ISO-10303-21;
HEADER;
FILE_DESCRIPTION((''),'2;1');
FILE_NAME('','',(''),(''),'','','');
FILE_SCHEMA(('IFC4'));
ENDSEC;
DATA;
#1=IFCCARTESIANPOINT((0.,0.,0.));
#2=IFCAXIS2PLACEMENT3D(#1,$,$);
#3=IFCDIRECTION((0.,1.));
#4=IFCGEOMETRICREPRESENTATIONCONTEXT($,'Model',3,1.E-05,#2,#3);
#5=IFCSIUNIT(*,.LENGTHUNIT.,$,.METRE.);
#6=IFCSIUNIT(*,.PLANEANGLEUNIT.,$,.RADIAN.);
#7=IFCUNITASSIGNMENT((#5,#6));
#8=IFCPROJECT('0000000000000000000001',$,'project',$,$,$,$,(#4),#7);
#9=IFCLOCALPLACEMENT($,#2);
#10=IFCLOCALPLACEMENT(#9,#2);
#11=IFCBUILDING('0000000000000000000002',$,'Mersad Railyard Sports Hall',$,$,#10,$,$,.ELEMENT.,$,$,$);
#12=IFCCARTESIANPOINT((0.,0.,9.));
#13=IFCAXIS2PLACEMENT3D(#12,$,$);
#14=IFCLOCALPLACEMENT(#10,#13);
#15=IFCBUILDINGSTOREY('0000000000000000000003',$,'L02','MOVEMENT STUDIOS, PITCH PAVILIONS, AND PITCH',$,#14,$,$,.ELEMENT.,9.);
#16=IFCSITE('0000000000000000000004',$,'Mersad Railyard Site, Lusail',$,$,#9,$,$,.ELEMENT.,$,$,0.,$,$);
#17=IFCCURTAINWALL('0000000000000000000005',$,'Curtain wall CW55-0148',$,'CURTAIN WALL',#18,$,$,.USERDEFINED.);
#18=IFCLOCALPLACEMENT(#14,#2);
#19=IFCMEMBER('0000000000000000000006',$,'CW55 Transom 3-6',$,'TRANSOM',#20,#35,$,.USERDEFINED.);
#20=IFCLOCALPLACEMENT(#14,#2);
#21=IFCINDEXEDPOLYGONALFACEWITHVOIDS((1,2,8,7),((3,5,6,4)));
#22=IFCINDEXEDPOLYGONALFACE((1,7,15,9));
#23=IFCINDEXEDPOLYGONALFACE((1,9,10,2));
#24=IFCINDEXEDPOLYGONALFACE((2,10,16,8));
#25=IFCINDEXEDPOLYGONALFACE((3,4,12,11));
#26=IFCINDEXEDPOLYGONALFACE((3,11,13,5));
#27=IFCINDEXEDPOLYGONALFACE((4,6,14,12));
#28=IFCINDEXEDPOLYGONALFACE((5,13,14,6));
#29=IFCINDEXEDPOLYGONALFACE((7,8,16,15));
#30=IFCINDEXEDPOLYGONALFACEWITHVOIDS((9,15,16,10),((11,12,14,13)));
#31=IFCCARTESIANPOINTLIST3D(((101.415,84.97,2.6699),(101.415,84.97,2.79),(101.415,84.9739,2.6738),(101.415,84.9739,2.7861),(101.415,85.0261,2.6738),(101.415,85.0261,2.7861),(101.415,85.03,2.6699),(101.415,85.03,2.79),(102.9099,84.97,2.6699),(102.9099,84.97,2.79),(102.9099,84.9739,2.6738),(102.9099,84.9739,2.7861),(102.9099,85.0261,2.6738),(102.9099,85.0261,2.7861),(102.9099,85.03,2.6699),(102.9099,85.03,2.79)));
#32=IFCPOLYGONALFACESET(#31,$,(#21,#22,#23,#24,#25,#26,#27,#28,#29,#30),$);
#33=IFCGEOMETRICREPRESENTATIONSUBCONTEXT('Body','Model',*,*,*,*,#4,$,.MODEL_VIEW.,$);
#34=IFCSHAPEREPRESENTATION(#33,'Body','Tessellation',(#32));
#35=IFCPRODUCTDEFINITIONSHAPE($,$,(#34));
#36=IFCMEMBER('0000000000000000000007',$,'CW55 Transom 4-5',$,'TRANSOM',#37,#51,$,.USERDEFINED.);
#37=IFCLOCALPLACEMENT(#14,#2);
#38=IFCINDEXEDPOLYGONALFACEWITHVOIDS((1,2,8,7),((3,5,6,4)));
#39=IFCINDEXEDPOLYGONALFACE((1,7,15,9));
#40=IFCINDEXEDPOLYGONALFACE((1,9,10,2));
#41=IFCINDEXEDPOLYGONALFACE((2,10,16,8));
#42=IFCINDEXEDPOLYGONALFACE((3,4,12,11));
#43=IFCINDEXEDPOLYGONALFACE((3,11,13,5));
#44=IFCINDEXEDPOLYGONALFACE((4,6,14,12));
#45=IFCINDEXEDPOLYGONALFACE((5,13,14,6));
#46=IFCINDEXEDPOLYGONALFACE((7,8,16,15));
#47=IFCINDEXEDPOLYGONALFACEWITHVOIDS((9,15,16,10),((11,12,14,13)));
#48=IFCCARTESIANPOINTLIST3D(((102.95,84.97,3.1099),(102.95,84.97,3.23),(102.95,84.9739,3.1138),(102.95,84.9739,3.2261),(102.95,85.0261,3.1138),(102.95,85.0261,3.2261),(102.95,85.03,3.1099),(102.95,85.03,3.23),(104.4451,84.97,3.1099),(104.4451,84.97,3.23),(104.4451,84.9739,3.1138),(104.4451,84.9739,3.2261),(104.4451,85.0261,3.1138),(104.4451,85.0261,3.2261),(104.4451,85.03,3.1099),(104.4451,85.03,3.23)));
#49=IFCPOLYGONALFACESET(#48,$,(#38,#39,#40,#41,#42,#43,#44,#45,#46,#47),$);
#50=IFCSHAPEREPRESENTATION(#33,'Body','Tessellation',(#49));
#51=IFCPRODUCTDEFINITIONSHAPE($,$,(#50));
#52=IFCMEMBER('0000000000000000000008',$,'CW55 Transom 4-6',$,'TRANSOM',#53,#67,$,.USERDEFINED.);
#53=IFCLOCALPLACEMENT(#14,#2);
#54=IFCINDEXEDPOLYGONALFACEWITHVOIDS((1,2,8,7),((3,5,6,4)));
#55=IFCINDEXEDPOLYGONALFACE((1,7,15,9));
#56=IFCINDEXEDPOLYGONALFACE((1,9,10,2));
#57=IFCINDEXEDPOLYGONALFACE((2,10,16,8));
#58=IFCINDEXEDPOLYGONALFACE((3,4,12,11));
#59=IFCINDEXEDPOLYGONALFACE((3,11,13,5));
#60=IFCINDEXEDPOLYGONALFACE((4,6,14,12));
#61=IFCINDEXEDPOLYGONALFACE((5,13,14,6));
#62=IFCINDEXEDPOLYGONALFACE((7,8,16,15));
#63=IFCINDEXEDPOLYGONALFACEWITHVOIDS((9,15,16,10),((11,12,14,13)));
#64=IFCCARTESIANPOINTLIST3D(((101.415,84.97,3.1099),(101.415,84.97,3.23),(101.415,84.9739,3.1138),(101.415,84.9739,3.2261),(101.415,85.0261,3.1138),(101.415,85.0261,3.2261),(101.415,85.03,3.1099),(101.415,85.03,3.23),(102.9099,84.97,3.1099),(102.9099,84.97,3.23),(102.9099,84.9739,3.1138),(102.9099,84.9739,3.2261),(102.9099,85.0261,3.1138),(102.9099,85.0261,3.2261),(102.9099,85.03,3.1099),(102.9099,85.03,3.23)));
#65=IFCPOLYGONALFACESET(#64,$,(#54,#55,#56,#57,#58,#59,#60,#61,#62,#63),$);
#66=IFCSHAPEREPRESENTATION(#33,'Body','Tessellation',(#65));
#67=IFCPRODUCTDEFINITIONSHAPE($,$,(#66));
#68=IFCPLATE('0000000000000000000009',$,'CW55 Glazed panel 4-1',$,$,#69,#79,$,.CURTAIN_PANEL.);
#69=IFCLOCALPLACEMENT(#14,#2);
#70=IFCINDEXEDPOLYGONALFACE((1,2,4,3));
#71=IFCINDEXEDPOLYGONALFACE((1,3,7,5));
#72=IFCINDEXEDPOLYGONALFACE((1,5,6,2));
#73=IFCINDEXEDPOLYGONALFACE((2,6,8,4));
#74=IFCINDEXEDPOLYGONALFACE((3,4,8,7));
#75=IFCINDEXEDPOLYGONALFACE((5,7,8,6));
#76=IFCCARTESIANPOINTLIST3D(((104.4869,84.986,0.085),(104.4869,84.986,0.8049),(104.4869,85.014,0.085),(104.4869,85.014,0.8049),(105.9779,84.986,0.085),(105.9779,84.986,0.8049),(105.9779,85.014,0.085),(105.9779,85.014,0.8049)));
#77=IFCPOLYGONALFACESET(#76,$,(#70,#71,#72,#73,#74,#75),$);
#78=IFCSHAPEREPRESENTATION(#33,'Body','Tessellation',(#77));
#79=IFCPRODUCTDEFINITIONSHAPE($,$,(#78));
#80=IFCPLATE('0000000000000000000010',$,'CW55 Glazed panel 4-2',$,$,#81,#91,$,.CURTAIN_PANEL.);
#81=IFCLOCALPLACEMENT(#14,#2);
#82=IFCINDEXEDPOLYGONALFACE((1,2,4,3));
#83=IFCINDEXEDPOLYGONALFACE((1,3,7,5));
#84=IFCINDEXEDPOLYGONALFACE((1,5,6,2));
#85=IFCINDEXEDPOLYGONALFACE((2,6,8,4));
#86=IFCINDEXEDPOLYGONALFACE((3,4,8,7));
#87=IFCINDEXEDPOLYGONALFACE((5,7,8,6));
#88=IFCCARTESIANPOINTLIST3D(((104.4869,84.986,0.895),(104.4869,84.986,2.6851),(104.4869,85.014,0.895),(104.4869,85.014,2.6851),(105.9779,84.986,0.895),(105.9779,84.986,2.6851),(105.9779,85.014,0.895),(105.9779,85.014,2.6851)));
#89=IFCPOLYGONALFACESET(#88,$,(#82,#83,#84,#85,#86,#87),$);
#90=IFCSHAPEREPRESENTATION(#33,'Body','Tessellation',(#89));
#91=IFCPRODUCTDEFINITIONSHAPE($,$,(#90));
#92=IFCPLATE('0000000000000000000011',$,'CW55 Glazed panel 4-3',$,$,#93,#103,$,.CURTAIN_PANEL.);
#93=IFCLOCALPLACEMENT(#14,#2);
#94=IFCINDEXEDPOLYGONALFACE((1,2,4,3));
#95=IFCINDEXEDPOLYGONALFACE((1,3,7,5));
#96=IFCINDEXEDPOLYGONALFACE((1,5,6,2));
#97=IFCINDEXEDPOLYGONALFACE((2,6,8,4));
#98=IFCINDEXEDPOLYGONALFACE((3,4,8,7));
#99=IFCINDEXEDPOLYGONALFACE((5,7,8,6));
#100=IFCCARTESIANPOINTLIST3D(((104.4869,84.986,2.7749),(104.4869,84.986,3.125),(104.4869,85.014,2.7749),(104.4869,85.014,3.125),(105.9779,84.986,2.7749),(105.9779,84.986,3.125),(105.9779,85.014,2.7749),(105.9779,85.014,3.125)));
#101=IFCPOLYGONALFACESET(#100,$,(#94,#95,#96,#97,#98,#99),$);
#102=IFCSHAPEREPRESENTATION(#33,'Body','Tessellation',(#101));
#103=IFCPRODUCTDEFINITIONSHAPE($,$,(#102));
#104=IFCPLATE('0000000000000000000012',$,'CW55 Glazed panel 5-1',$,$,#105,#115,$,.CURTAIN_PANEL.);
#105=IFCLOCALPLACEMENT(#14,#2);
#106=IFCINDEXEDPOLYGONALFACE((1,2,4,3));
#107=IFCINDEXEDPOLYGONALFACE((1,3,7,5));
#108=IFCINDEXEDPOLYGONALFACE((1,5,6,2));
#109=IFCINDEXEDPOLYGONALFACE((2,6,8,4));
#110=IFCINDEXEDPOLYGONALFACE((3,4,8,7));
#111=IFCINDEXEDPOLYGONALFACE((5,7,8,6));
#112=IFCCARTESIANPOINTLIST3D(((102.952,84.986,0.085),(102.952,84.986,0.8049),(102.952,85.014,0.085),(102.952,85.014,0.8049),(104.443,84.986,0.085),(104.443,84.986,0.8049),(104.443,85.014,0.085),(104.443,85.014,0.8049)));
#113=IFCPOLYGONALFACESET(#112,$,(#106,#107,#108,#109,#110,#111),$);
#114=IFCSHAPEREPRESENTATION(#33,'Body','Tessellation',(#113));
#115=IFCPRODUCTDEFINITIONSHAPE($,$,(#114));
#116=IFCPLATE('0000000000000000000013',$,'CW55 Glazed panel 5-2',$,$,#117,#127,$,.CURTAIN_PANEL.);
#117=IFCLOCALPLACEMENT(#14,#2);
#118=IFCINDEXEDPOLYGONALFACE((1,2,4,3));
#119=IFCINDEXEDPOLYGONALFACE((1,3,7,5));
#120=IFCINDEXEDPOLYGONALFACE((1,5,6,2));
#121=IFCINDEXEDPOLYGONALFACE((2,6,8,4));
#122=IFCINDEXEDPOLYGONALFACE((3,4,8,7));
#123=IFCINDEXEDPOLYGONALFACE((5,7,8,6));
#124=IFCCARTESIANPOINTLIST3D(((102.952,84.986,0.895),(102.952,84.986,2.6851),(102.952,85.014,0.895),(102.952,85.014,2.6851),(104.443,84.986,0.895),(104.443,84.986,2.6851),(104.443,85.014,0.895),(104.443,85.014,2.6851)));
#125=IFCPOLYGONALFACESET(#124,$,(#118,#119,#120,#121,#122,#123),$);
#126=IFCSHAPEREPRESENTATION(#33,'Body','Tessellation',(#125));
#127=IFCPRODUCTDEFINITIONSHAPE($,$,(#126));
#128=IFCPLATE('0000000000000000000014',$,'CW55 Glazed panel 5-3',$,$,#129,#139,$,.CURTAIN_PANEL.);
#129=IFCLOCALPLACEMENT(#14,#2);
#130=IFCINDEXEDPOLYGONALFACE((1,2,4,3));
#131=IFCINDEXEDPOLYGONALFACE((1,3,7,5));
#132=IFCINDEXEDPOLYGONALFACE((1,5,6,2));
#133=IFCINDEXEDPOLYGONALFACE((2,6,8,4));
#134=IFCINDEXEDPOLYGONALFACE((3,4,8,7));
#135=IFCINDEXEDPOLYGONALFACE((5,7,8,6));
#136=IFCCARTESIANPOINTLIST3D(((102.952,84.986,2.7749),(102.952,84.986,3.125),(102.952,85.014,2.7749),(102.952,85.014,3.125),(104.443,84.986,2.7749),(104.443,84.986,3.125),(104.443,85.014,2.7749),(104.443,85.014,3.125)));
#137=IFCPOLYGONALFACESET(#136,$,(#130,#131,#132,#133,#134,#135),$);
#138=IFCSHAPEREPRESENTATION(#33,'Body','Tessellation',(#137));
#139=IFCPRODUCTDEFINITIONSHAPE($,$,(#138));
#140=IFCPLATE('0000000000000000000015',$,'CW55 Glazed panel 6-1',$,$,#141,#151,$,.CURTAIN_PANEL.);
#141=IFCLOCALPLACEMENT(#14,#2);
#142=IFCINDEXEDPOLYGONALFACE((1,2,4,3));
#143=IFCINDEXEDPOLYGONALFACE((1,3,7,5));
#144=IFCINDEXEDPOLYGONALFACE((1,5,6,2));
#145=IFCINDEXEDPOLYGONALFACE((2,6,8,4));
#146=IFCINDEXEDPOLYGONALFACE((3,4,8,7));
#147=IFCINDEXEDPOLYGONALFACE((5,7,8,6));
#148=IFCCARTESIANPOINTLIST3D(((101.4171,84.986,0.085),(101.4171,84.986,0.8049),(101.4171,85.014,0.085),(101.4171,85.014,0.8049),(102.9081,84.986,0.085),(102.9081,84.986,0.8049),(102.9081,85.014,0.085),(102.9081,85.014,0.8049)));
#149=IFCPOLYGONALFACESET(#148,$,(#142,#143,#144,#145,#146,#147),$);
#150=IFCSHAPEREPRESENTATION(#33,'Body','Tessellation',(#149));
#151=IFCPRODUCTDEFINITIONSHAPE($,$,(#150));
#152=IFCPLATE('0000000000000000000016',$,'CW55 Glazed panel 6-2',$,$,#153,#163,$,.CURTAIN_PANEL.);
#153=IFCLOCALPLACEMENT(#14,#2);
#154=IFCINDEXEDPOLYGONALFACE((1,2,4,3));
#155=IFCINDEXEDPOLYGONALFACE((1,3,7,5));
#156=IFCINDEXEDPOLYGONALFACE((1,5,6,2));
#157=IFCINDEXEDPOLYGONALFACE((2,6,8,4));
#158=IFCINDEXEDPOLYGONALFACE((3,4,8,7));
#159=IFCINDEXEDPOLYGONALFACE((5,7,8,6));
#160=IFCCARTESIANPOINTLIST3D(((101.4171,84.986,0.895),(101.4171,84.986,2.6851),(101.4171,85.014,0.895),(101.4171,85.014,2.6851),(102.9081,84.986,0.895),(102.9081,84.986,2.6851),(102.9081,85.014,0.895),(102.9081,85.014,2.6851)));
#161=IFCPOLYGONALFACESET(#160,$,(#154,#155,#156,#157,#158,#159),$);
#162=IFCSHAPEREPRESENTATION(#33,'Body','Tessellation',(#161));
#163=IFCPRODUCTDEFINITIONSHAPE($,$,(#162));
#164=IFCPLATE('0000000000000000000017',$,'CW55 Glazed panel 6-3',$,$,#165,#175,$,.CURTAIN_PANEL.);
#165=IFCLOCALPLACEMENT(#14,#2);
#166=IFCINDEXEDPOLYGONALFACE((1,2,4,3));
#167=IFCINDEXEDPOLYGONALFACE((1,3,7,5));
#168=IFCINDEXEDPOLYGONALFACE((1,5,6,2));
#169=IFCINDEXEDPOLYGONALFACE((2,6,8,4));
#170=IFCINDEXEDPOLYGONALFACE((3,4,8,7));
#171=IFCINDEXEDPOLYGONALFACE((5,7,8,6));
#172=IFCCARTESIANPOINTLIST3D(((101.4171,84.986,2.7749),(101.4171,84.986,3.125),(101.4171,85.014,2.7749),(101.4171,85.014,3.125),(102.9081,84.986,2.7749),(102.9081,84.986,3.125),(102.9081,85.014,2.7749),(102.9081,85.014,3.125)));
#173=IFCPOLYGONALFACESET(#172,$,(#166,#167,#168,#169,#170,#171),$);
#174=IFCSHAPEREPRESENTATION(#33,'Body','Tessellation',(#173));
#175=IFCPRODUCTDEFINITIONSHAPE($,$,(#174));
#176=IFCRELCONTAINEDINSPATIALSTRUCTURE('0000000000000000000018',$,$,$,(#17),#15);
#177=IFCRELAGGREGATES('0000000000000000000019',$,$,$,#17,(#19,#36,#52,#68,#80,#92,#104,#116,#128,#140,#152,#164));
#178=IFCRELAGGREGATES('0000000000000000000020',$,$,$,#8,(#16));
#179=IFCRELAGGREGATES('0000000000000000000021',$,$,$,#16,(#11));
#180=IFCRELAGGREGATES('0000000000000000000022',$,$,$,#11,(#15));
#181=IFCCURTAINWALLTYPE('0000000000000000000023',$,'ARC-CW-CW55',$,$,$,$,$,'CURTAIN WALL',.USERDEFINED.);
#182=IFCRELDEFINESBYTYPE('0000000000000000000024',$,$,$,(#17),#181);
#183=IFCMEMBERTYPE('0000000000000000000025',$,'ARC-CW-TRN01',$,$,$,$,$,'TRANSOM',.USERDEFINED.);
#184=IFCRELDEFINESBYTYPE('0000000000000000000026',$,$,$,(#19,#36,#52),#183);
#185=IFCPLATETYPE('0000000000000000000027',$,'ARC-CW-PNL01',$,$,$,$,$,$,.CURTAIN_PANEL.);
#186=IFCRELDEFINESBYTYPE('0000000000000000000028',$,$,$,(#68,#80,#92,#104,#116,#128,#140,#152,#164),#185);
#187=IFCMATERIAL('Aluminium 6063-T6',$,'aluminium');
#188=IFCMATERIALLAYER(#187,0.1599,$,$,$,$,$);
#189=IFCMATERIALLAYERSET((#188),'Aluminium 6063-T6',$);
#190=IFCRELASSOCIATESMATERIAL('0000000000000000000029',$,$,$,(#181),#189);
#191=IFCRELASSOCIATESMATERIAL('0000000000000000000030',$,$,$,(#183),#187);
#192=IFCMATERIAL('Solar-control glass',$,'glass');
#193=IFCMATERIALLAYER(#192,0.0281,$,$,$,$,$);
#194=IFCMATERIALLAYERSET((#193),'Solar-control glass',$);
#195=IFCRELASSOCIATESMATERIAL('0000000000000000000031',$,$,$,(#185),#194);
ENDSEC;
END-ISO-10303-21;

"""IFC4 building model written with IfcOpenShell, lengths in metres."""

from ifc_helpers import new_model, si_unit, direction, frame, origin, origin_2d, place, context, subcontext, project, spatial, rectangle, hollow_rectangle, extrude, material, layer, layer_set, material_profile, profile_set, type_object, element, aggregate, save


model = new_model("IFC4")

# Units and contexts
model_context = context("Model", 3, precision=1e-05, world=origin(), true_north=direction((0.0, 1.0)))
body_context = subcontext(model_context, "Body", "Model", "MODEL_VIEW")
ifc_project = project(units=[si_unit("LENGTHUNIT", "METRE"), si_unit("PLANEANGLEUNIT", "RADIAN")], contexts=[model_context])

# Site, building, storey
site_placement = place(None, origin())
site = spatial("IfcSite", under=ifc_project, at=site_placement, Name="Mersad Railyard Site, Lusail", CompositionType="ELEMENT", RefElevation=0.0)
building_placement = place(site_placement, origin())
building = spatial("IfcBuilding", under=site, at=building_placement, Name="Mersad Railyard Sports Hall", CompositionType="ELEMENT")
storey_placement = place(building_placement, frame((0.0, 0.0, 9.0)))
storey = spatial("IfcBuildingStorey", under=building, at=storey_placement, Name="L02", Description="MOVEMENT STUDIOS, PITCH PAVILIONS, AND PITCH", CompositionType="ELEMENT", Elevation=9.0)

# Curtain wall, members, plates
ifc_material_1 = material(Name="Aluminium 6063-T6", Category="aluminium")
ifc_layer_1 = layer(ifc_material_1, 0.1599)
ifc_layer_set_1 = layer_set([ifc_layer_1], Name="Aluminium 6063-T6")
curtain_wall_type = type_object("IfcCurtainWallType", Name="ARC-CW-CW55", ElementType="CURTAIN WALL", PredefinedType="USERDEFINED", material=ifc_layer_set_1)
curtain_wall_placement = place(storey_placement, origin())
curtain_wall = element("IfcCurtainWall", 1, at=curtain_wall_placement, inside=storey, type_object=curtain_wall_type, Name="Curtain wall CW55-0148", ObjectType="CURTAIN WALL", PredefinedType="USERDEFINED")
ifc_material_profile_1 = material_profile(ifc_material_1, hollow_rectangle(XDim=0.0601, YDim=0.1201, WallThickness=0.0039, at=origin_2d()), Name="AL TRANSOM 60x120x4")
ifc_profile_set_1 = profile_set([ifc_material_profile_1], Name="Aluminium 6063-T6")
member_type_1 = type_object("IfcMemberType", Name="ARC-CW-TRN01", ElementType="TRANSOM", PredefinedType="USERDEFINED", material=ifc_profile_set_1)
member_1_placement = place(storey_placement, frame((102.9099, 85.0, 2.73), z_axis=(-1.0, 0.0, 0.0), x_axis=(0.0, -1.0, 0.0)))
member_1 = element("IfcMember", 2, at=member_1_placement, type_object=member_type_1, Name="CW55 Transom 3-6", ObjectType="TRANSOM", PredefinedType="USERDEFINED", context=body_context, shape_type="SweptSolid", body=[
    extrude(hollow_rectangle(XDim=0.0601, YDim=0.1201, WallThickness=0.0039, at=origin_2d()), origin(), (0.0, 0.0, 1.0), 1.4949),
])
member_2_placement = place(storey_placement, frame((104.4451, 85.0, 3.1699), z_axis=(-1.0, 0.0, 0.0), x_axis=(0.0, -1.0, 0.0)))
member_2 = element("IfcMember", 3, at=member_2_placement, type_object=member_type_1, Name="CW55 Transom 4-5", ObjectType="TRANSOM", PredefinedType="USERDEFINED", context=body_context, shape_type="SweptSolid", body=[
    extrude(hollow_rectangle(XDim=0.0601, YDim=0.1201, WallThickness=0.0039, at=origin_2d()), origin(), (0.0, 0.0, 1.0), 1.4951),
])
member_3_placement = place(storey_placement, frame((102.9099, 85.0, 3.1699), z_axis=(-1.0, 0.0, 0.0), x_axis=(0.0, -1.0, 0.0)))
member_3 = element("IfcMember", 4, at=member_3_placement, type_object=member_type_1, Name="CW55 Transom 4-6", ObjectType="TRANSOM", PredefinedType="USERDEFINED", context=body_context, shape_type="SweptSolid", body=[
    extrude(hollow_rectangle(XDim=0.0601, YDim=0.1201, WallThickness=0.0039, at=origin_2d()), origin(), (0.0, 0.0, 1.0), 1.4949),
])
ifc_material_2 = material(Name="Solar-control glass", Category="glass")
ifc_layer_2 = layer(ifc_material_2, 0.0281)
ifc_layer_set_2 = layer_set([ifc_layer_2], Name="Solar-control glass")
plate_type = type_object("IfcPlateType", Name="ARC-CW-PNL01", PredefinedType="CURTAIN_PANEL", material=ifc_layer_set_2)
plate_1_placement = place(storey_placement, frame((105.2324, 85.0, 0.085), z_axis=(0.0, 0.0, 1.0), x_axis=(-1.0, 0.0, 0.0)))
plate_1 = element("IfcPlate", 5, at=plate_1_placement, type_object=plate_type, Name="CW55 Glazed panel 4-1", PredefinedType="CURTAIN_PANEL", context=body_context, shape_type="SweptSolid", body=[
    extrude(rectangle(XDim=1.491, YDim=0.0281, at=origin_2d()), origin(), (0.0, 0.0, 1.0), 0.72),
])
plate_2_placement = place(storey_placement, frame((105.2324, 85.0, 0.895), z_axis=(0.0, 0.0, 1.0), x_axis=(-1.0, 0.0, 0.0)))
plate_2 = element("IfcPlate", 6, at=plate_2_placement, type_object=plate_type, Name="CW55 Glazed panel 4-2", PredefinedType="CURTAIN_PANEL", context=body_context, shape_type="SweptSolid", body=[
    extrude(rectangle(XDim=1.491, YDim=0.0281, at=origin_2d()), origin(), (0.0, 0.0, 1.0), 1.79),
])
plate_3_placement = place(storey_placement, frame((105.2324, 85.0, 2.7749), z_axis=(0.0, 0.0, 1.0), x_axis=(-1.0, 0.0, 0.0)))
plate_3 = element("IfcPlate", 7, at=plate_3_placement, type_object=plate_type, Name="CW55 Glazed panel 4-3", PredefinedType="CURTAIN_PANEL", context=body_context, shape_type="SweptSolid", body=[
    extrude(rectangle(XDim=1.491, YDim=0.0281, at=origin_2d()), origin(), (0.0, 0.0, 1.0), 0.3501),
])
plate_4_placement = place(storey_placement, frame((103.6975, 85.0, 0.085), z_axis=(0.0, 0.0, 1.0), x_axis=(-1.0, 0.0, 0.0)))
plate_4 = element("IfcPlate", 8, at=plate_4_placement, type_object=plate_type, Name="CW55 Glazed panel 5-1", PredefinedType="CURTAIN_PANEL", context=body_context, shape_type="SweptSolid", body=[
    extrude(rectangle(XDim=1.491, YDim=0.0281, at=origin_2d()), origin(), (0.0, 0.0, 1.0), 0.72),
])
plate_5_placement = place(storey_placement, frame((103.6975, 85.0, 0.895), z_axis=(0.0, 0.0, 1.0), x_axis=(-1.0, 0.0, 0.0)))
plate_5 = element("IfcPlate", 9, at=plate_5_placement, type_object=plate_type, Name="CW55 Glazed panel 5-2", PredefinedType="CURTAIN_PANEL", context=body_context, shape_type="SweptSolid", body=[
    extrude(rectangle(XDim=1.491, YDim=0.0281, at=origin_2d()), origin(), (0.0, 0.0, 1.0), 1.79),
])
plate_6_placement = place(storey_placement, frame((103.6975, 85.0, 2.7749), z_axis=(0.0, 0.0, 1.0), x_axis=(-1.0, 0.0, 0.0)))
plate_6 = element("IfcPlate", 10, at=plate_6_placement, type_object=plate_type, Name="CW55 Glazed panel 5-3", PredefinedType="CURTAIN_PANEL", context=body_context, shape_type="SweptSolid", body=[
    extrude(rectangle(XDim=1.491, YDim=0.0281, at=origin_2d()), origin(), (0.0, 0.0, 1.0), 0.3501),
])
plate_7_placement = place(storey_placement, frame((102.1626, 85.0, 0.085), z_axis=(0.0, 0.0, 1.0), x_axis=(-1.0, 0.0, 0.0)))
plate_7 = element("IfcPlate", 11, at=plate_7_placement, type_object=plate_type, Name="CW55 Glazed panel 6-1", PredefinedType="CURTAIN_PANEL", context=body_context, shape_type="SweptSolid", body=[
    extrude(rectangle(XDim=1.491, YDim=0.0281, at=origin_2d()), origin(), (0.0, 0.0, 1.0), 0.72),
])
plate_8_placement = place(storey_placement, frame((102.1626, 85.0, 0.895), z_axis=(0.0, 0.0, 1.0), x_axis=(-1.0, 0.0, 0.0)))
plate_8 = element("IfcPlate", 12, at=plate_8_placement, type_object=plate_type, Name="CW55 Glazed panel 6-2", PredefinedType="CURTAIN_PANEL", context=body_context, shape_type="SweptSolid", body=[
    extrude(rectangle(XDim=1.491, YDim=0.0281, at=origin_2d()), origin(), (0.0, 0.0, 1.0), 1.79),
])
plate_9_placement = place(storey_placement, frame((102.1626, 85.0, 2.7749), z_axis=(0.0, 0.0, 1.0), x_axis=(-1.0, 0.0, 0.0)))
plate_9 = element("IfcPlate", 13, at=plate_9_placement, type_object=plate_type, Name="CW55 Glazed panel 6-3", PredefinedType="CURTAIN_PANEL", context=body_context, shape_type="SweptSolid", body=[
    extrude(rectangle(XDim=1.491, YDim=0.0281, at=origin_2d()), origin(), (0.0, 0.0, 1.0), 0.3501),
])
aggregate(curtain_wall, [member_1, member_2, member_3, plate_1, plate_2, plate_3, plate_4, plate_5, plate_6, plate_7, plate_8, plate_9])

save(model, "model.ifc")
